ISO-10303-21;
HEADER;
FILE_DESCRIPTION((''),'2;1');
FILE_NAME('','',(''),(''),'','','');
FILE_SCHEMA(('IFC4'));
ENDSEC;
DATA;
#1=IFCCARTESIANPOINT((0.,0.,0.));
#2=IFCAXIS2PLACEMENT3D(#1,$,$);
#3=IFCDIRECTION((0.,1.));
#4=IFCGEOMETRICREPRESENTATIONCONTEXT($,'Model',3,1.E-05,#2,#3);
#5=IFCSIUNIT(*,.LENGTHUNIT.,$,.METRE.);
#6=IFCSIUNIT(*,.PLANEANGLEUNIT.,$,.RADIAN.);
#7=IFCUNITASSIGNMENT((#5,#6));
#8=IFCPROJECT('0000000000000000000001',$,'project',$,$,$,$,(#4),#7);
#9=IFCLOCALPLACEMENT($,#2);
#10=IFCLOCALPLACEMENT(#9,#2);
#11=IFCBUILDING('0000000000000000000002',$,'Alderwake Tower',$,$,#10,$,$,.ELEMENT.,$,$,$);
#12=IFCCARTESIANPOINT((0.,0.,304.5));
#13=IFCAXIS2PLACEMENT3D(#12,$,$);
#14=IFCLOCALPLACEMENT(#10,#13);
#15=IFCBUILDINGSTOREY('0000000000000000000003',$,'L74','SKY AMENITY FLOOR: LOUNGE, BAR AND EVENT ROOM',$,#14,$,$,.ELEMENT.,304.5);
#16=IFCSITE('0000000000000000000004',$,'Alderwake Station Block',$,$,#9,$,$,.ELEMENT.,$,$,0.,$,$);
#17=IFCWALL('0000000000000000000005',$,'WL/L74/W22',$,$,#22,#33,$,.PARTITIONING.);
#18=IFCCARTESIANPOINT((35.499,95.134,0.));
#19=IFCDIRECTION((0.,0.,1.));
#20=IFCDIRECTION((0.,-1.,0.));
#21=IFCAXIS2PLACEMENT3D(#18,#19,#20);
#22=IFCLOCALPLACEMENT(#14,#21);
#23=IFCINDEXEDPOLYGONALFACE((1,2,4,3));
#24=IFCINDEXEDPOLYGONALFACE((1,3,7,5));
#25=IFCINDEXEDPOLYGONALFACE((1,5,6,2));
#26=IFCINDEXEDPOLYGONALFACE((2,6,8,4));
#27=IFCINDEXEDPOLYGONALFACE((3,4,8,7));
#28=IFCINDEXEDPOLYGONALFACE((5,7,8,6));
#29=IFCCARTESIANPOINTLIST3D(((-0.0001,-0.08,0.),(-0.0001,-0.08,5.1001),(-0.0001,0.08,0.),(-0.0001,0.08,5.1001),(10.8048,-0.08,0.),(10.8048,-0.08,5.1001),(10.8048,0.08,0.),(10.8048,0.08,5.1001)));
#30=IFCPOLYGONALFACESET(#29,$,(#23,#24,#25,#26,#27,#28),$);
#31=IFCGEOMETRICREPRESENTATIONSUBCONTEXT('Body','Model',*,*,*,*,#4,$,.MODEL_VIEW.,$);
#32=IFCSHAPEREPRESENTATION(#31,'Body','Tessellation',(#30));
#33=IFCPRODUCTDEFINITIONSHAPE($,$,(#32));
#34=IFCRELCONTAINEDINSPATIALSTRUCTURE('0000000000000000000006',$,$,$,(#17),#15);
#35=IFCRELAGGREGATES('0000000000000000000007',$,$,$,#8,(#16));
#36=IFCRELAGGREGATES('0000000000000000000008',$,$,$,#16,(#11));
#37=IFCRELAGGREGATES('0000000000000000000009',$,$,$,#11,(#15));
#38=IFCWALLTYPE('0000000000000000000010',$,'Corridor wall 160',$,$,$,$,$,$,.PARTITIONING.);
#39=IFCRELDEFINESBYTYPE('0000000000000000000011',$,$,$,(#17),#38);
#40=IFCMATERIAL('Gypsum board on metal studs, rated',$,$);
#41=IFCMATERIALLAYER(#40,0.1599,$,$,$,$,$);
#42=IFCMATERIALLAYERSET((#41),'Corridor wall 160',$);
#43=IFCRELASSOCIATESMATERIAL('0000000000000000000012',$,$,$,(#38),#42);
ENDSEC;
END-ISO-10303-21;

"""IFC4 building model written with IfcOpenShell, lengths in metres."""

from ifc_helpers import new_model, si_unit, direction, frame, frame_2d, origin, place, context, subcontext, project, spatial, rectangle, extrude, material, layer, layer_set, type_object, element, save


model = new_model("IFC4")

# Units and contexts
model_context = context("Model", 3, precision=1e-05, world=origin(), true_north=direction((0.0, 1.0)))
body_context = subcontext(model_context, "Body", "Model", "MODEL_VIEW")
ifc_project = project(units=[si_unit("LENGTHUNIT", "METRE"), si_unit("PLANEANGLEUNIT", "RADIAN")], contexts=[model_context])

# Site, building, storey
site_placement = place(None, origin())
site = spatial("IfcSite", under=ifc_project, at=site_placement, Name="Alderwake Station Block", CompositionType="ELEMENT", RefElevation=0.0)
building_placement = place(site_placement, origin())
building = spatial("IfcBuilding", under=site, at=building_placement, Name="Alderwake Tower", CompositionType="ELEMENT")
storey_placement = place(building_placement, frame((0.0, 0.0, 304.5)))
storey = spatial("IfcBuildingStorey", under=building, at=storey_placement, Name="L74", Description="SKY AMENITY FLOOR: LOUNGE, BAR AND EVENT ROOM", CompositionType="ELEMENT", Elevation=304.5)

# Shared definitions
ifc_material_1 = material(Name="Gypsum board on metal studs, rated")
ifc_layer_1 = layer(ifc_material_1, 0.1599)
ifc_layer_set_1 = layer_set([ifc_layer_1], Name="Corridor wall 160")
wall_type_1 = type_object("IfcWallType", Name="Corridor wall 160", PredefinedType="PARTITIONING", material=ifc_layer_set_1)

# Wall
wall_1_placement = place(storey_placement, frame((35.499, 95.134, 0.0), z_axis=(0.0, 0.0, 1.0), x_axis=(0.0, -1.0, 0.0)))
element("IfcWall", 1, at=wall_1_placement, inside=storey, type_object=wall_type_1, Name="WL/L74/W22", PredefinedType="PARTITIONING", context=body_context, shape_type="SweptSolid", body=[
    extrude(rectangle(XDim=10.8049, YDim=0.1599, at=frame_2d((5.4023, 0.0))), origin(), (0.0, 0.0, 1.0), 5.1001),
])

save(model, "model.ifc")
